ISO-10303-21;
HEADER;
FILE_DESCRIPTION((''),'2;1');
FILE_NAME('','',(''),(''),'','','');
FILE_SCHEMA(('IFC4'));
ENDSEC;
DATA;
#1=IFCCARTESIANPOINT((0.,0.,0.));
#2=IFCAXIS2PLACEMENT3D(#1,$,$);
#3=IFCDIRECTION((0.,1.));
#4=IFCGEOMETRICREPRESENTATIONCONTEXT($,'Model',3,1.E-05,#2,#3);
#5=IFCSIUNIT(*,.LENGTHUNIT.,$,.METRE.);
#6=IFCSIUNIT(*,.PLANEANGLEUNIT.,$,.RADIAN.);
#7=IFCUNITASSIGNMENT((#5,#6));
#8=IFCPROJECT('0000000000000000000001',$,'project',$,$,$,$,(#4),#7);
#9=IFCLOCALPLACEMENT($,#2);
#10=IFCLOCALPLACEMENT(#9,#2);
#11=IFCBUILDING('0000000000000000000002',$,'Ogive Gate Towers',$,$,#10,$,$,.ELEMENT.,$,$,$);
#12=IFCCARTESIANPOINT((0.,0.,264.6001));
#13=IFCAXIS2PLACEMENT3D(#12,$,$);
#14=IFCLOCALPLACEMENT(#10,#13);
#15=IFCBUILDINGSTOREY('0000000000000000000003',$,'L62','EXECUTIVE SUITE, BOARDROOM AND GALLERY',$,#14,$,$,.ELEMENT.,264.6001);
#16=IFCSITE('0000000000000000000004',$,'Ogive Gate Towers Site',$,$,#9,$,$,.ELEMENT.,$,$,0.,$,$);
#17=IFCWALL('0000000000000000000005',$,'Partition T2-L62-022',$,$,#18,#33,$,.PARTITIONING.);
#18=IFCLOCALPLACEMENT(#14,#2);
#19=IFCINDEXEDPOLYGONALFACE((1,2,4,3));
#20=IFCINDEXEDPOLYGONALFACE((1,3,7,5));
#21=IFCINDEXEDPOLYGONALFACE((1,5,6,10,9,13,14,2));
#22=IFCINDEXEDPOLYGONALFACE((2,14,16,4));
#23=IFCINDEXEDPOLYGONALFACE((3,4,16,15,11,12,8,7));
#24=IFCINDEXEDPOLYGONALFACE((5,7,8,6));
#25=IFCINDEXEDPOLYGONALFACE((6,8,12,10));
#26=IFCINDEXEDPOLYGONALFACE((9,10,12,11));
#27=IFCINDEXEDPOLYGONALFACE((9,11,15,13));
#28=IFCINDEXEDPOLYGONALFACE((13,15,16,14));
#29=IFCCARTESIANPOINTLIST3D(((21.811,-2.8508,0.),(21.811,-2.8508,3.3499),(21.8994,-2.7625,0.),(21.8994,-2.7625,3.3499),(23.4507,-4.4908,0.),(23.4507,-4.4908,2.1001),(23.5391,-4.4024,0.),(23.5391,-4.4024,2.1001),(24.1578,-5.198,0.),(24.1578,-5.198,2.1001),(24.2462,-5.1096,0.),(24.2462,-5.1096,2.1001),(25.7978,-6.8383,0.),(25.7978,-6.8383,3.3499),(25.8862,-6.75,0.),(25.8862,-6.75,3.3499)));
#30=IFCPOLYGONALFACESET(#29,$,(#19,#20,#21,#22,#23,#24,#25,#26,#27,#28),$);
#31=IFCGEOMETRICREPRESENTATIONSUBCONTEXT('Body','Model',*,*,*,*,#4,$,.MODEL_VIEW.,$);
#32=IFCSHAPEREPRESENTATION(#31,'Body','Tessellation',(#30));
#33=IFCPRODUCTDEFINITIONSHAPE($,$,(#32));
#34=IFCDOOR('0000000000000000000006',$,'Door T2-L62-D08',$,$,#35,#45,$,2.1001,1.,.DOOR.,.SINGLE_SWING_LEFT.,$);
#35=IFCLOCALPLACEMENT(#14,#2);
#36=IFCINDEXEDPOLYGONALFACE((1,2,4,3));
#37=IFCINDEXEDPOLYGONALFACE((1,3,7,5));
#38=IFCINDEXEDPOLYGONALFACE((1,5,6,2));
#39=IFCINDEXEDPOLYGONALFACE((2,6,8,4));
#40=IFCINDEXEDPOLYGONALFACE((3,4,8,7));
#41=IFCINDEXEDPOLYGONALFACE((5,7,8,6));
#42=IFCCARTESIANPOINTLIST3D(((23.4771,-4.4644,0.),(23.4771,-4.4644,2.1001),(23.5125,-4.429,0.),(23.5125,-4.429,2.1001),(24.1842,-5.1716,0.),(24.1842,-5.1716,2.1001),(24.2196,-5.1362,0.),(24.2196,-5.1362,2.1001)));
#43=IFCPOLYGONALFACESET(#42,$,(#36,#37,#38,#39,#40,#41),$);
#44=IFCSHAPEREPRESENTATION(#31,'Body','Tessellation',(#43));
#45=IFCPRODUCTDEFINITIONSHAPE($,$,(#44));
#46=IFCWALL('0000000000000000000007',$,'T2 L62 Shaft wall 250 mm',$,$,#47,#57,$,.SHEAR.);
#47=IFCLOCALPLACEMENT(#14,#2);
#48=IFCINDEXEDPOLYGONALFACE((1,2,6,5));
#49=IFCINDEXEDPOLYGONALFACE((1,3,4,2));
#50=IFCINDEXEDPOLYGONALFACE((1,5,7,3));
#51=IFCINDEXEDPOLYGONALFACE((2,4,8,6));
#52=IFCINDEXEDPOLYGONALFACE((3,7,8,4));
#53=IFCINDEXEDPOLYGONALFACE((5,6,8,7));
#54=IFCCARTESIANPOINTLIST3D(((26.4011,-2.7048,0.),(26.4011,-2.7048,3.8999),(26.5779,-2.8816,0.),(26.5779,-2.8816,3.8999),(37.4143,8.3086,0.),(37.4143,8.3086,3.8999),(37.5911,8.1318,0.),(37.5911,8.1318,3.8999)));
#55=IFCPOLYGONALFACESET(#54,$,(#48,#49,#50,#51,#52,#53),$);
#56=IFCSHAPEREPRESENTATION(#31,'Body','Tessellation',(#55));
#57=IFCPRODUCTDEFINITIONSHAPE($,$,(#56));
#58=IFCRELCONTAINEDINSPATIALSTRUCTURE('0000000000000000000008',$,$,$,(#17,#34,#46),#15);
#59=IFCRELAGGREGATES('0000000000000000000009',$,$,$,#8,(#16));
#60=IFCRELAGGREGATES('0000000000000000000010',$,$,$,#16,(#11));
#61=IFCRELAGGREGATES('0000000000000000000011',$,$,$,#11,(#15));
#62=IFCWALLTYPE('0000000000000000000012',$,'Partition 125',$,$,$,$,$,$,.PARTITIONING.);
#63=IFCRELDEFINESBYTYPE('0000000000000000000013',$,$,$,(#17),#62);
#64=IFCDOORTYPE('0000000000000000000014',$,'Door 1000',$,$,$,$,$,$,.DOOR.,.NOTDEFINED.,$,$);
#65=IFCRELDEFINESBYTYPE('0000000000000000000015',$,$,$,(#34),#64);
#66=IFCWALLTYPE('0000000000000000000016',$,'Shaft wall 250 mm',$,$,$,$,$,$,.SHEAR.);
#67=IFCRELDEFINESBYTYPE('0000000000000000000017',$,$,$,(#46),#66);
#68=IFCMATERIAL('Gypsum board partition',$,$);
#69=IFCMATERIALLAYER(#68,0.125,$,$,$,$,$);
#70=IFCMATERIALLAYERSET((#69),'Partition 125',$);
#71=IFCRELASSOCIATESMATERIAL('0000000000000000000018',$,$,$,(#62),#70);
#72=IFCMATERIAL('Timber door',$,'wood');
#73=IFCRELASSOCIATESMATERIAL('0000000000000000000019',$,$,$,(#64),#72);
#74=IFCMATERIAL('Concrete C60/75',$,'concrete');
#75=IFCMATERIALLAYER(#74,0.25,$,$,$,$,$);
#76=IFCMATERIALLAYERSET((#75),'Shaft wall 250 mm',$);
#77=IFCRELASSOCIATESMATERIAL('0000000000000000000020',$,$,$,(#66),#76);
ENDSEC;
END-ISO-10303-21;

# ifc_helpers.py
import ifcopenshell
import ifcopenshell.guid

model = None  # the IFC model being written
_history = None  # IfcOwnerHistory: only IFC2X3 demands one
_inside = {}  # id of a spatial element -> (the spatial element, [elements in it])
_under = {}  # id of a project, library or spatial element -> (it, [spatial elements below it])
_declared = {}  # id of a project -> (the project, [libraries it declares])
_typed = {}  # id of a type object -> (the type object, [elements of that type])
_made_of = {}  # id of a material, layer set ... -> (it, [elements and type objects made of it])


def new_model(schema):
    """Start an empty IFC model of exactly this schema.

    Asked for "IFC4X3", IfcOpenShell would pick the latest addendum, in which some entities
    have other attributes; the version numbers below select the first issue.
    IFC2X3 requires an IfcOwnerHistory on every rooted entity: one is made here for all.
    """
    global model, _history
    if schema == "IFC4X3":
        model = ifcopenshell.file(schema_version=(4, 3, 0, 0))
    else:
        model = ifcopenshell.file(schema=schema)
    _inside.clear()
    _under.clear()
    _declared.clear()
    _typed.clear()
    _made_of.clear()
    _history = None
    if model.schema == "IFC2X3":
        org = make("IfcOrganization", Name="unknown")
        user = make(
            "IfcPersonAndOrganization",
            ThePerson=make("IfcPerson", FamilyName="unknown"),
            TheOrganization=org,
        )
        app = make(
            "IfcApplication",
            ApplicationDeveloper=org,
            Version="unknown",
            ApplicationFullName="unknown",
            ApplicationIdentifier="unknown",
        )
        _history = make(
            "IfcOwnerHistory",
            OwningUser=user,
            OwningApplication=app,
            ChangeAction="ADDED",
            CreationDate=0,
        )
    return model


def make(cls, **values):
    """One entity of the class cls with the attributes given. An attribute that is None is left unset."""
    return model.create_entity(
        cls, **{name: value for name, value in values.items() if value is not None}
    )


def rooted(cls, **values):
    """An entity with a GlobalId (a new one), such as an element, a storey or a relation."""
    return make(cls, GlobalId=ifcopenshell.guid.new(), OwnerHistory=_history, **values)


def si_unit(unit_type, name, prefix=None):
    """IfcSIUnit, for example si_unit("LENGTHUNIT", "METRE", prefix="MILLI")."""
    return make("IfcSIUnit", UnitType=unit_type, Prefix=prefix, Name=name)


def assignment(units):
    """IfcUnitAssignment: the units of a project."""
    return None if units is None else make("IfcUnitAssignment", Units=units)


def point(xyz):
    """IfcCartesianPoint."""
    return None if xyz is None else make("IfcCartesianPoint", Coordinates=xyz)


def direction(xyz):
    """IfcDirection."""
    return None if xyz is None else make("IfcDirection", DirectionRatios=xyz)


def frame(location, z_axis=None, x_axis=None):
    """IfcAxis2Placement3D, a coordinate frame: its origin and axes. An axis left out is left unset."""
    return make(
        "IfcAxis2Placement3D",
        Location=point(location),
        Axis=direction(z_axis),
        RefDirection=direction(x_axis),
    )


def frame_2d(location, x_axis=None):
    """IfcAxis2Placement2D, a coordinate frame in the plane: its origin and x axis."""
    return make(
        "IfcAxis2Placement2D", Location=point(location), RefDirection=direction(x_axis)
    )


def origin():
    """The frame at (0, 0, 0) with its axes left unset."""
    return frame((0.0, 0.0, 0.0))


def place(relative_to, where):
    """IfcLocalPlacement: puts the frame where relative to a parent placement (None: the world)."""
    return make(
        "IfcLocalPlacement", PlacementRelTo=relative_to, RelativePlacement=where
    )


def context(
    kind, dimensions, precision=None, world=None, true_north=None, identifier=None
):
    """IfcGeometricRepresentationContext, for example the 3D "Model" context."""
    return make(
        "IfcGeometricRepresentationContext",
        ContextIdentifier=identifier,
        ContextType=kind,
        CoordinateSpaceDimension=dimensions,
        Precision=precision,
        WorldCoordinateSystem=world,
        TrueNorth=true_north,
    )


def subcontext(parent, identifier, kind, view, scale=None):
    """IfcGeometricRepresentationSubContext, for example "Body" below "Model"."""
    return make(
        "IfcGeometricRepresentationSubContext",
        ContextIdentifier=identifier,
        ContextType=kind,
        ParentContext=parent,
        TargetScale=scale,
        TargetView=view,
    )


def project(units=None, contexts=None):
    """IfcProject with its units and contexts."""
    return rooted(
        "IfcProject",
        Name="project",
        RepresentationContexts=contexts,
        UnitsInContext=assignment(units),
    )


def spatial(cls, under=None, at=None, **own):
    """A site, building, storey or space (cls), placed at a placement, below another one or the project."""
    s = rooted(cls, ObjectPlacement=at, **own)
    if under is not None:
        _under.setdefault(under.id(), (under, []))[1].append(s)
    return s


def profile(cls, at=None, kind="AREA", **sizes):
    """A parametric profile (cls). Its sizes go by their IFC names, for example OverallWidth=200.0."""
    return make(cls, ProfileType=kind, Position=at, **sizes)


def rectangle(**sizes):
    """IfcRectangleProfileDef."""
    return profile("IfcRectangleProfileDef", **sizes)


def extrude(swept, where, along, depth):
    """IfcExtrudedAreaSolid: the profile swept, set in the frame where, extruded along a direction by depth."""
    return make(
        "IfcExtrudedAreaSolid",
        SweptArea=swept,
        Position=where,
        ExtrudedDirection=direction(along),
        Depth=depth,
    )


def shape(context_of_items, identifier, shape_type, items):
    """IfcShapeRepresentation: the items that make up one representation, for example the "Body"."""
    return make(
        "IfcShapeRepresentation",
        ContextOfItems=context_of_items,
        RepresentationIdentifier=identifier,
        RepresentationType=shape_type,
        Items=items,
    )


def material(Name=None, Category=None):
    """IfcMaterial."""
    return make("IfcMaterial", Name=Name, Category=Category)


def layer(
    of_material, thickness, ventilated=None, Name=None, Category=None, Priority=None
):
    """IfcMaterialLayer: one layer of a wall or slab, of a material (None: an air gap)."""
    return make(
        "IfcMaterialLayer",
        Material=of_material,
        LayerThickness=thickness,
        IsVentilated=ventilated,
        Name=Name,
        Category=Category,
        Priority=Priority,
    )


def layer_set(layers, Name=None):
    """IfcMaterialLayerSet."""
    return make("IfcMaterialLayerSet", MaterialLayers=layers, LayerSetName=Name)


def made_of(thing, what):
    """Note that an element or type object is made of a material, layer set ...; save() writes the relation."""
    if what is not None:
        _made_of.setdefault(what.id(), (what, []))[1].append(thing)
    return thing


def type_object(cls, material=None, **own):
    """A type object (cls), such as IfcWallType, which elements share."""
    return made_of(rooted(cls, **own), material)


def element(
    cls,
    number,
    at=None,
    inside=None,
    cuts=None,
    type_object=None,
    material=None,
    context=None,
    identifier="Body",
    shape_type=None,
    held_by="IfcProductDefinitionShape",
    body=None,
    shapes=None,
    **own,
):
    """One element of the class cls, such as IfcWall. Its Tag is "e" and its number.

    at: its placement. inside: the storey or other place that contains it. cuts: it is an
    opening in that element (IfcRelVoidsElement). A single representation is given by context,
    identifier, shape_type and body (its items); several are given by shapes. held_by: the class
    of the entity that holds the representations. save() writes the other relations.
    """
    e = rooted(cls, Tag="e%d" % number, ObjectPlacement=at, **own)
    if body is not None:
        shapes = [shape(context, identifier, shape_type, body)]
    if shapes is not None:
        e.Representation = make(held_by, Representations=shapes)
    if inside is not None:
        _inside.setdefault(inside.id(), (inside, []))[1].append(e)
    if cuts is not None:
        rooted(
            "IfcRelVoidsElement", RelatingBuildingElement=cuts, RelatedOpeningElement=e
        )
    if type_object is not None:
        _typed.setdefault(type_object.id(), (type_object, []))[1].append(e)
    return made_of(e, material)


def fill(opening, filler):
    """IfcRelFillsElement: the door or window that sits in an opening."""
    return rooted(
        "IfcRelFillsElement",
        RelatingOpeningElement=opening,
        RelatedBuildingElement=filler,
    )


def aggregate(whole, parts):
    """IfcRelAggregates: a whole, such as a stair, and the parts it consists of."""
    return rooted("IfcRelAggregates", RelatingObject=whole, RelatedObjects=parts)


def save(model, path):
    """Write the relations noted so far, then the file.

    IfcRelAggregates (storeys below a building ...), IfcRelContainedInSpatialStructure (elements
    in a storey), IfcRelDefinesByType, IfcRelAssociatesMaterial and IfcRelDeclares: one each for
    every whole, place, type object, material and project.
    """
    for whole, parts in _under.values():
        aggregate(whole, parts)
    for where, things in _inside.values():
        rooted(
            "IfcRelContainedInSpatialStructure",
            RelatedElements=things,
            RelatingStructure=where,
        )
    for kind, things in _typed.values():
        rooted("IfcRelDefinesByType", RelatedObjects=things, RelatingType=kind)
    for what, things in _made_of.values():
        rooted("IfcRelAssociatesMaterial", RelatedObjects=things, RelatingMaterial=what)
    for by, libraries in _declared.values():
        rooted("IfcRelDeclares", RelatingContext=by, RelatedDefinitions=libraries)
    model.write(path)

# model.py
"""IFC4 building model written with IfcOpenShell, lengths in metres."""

from ifc_helpers import new_model, si_unit, direction, frame, frame_2d, origin, place, context, subcontext, project, spatial, rectangle, extrude, material, layer, layer_set, type_object, element, fill, save


model = new_model("IFC4")

# Units and contexts
model_context = context("Model", 3, precision=1e-05, world=origin(), true_north=direction((0.0, 1.0)))
body_context = subcontext(model_context, "Body", "Model", "MODEL_VIEW")
ifc_project = project(units=[si_unit("LENGTHUNIT", "METRE"), si_unit("PLANEANGLEUNIT", "RADIAN")], contexts=[model_context])

# Site, building, storey
site_placement = place(None, origin())
site = spatial("IfcSite", under=ifc_project, at=site_placement, Name="Ogive Gate Towers Site", CompositionType="ELEMENT", RefElevation=0.0)
building_placement = place(site_placement, origin())
building = spatial("IfcBuilding", under=site, at=building_placement, Name="Ogive Gate Towers", CompositionType="ELEMENT")
storey_placement = place(building_placement, frame((0.0, 0.0, 264.6001)))
storey = spatial("IfcBuildingStorey", under=building, at=storey_placement, Name="L62", Description="EXECUTIVE SUITE, BOARDROOM AND GALLERY", CompositionType="ELEMENT", Elevation=264.6001)

# Wall, opening, door
ifc_material_1 = material(Name="Timber door", Category="wood")
ifc_material_2 = material(Name="Gypsum board partition")
ifc_layer_1 = layer(ifc_material_2, 0.125)
ifc_layer_set_1 = layer_set([ifc_layer_1], Name="Partition 125")
wall_type_1 = type_object("IfcWallType", Name="Partition 125", PredefinedType="PARTITIONING", material=ifc_layer_set_1)
wall_1_placement = place(storey_placement, frame((21.8552, -2.8066, 0.0), z_axis=(0.0, 0.0, 1.0), x_axis=(0.707042, -0.707172, 0.0)))
wall_1 = element("IfcWall", 1, at=wall_1_placement, inside=storey, type_object=wall_type_1, Name="Partition T2-L62-022", PredefinedType="PARTITIONING", context=body_context, shape_type="SweptSolid", body=[
    extrude(rectangle(XDim=5.6387, YDim=0.125, at=frame_2d((2.8193, 0.0))), origin(), (0.0, 0.0, 1.0), 3.3499),
])
opening_1_placement = place(wall_1_placement, frame((2.3191, 0.0, 0.0)))
opening_1 = element("IfcOpeningElement", 2, at=opening_1_placement, cuts=wall_1, PredefinedType="OPENING", context=body_context, shape_type="SweptSolid", body=[
    extrude(rectangle(XDim=1.0, YDim=2.1001, at=frame_2d((0.5, 1.05))), frame((0.0, 0.0725, 0.0), z_axis=(0.0, -1.0, 0.0), x_axis=(1.0, 0.0, 0.0)), (0.0, 0.0, 1.0), 0.145),
])
door_type_1 = type_object("IfcDoorType", Name="Door 1000", OperationType="NOTDEFINED", PredefinedType="DOOR", material=ifc_material_1)
door_1_placement = place(opening_1_placement, origin())
door_1 = element("IfcDoor", 3, at=door_1_placement, inside=storey, type_object=door_type_1, Name="Door T2-L62-D08", OperationType="SINGLE_SWING_LEFT", OverallHeight=2.1001, OverallWidth=1.0, PredefinedType="DOOR", context=body_context, shape_type="SweptSolid", body=[
    extrude(rectangle(XDim=1.0, YDim=2.1001, at=frame_2d((0.5, 1.05))), frame((0.0, 0.0249, 0.0), z_axis=(0.0, -1.0, 0.0), x_axis=(1.0, 0.0, 0.0)), (0.0, 0.0, 1.0), 0.05),
])
fill(opening_1, door_1)

# Wall
ifc_material_3 = material(Name="Concrete C60/75", Category="concrete")
ifc_layer_2 = layer(ifc_material_3, 0.25)
ifc_layer_set_2 = layer_set([ifc_layer_2], Name="Shaft wall 250 mm")
wall_type_2 = type_object("IfcWallType", Name="Shaft wall 250 mm", PredefinedType="SHEAR", material=ifc_layer_set_2)
wall_2_placement = place(storey_placement, frame((26.4895, -2.7932, 0.0), z_axis=(0.0, 0.0, 1.0), x_axis=(0.707099, 0.707115, 0.0)))
element("IfcWall", 4, at=wall_2_placement, inside=storey, type_object=wall_type_2, Name="T2 L62 Shaft wall 250 mm", PredefinedType="SHEAR", context=body_context, shape_type="SweptSolid", body=[
    extrude(rectangle(XDim=15.5752, YDim=0.25, at=frame_2d((7.7876, 0.0))), origin(), (0.0, 0.0, 1.0), 3.8999),
])

save(model, "model.ifc")
